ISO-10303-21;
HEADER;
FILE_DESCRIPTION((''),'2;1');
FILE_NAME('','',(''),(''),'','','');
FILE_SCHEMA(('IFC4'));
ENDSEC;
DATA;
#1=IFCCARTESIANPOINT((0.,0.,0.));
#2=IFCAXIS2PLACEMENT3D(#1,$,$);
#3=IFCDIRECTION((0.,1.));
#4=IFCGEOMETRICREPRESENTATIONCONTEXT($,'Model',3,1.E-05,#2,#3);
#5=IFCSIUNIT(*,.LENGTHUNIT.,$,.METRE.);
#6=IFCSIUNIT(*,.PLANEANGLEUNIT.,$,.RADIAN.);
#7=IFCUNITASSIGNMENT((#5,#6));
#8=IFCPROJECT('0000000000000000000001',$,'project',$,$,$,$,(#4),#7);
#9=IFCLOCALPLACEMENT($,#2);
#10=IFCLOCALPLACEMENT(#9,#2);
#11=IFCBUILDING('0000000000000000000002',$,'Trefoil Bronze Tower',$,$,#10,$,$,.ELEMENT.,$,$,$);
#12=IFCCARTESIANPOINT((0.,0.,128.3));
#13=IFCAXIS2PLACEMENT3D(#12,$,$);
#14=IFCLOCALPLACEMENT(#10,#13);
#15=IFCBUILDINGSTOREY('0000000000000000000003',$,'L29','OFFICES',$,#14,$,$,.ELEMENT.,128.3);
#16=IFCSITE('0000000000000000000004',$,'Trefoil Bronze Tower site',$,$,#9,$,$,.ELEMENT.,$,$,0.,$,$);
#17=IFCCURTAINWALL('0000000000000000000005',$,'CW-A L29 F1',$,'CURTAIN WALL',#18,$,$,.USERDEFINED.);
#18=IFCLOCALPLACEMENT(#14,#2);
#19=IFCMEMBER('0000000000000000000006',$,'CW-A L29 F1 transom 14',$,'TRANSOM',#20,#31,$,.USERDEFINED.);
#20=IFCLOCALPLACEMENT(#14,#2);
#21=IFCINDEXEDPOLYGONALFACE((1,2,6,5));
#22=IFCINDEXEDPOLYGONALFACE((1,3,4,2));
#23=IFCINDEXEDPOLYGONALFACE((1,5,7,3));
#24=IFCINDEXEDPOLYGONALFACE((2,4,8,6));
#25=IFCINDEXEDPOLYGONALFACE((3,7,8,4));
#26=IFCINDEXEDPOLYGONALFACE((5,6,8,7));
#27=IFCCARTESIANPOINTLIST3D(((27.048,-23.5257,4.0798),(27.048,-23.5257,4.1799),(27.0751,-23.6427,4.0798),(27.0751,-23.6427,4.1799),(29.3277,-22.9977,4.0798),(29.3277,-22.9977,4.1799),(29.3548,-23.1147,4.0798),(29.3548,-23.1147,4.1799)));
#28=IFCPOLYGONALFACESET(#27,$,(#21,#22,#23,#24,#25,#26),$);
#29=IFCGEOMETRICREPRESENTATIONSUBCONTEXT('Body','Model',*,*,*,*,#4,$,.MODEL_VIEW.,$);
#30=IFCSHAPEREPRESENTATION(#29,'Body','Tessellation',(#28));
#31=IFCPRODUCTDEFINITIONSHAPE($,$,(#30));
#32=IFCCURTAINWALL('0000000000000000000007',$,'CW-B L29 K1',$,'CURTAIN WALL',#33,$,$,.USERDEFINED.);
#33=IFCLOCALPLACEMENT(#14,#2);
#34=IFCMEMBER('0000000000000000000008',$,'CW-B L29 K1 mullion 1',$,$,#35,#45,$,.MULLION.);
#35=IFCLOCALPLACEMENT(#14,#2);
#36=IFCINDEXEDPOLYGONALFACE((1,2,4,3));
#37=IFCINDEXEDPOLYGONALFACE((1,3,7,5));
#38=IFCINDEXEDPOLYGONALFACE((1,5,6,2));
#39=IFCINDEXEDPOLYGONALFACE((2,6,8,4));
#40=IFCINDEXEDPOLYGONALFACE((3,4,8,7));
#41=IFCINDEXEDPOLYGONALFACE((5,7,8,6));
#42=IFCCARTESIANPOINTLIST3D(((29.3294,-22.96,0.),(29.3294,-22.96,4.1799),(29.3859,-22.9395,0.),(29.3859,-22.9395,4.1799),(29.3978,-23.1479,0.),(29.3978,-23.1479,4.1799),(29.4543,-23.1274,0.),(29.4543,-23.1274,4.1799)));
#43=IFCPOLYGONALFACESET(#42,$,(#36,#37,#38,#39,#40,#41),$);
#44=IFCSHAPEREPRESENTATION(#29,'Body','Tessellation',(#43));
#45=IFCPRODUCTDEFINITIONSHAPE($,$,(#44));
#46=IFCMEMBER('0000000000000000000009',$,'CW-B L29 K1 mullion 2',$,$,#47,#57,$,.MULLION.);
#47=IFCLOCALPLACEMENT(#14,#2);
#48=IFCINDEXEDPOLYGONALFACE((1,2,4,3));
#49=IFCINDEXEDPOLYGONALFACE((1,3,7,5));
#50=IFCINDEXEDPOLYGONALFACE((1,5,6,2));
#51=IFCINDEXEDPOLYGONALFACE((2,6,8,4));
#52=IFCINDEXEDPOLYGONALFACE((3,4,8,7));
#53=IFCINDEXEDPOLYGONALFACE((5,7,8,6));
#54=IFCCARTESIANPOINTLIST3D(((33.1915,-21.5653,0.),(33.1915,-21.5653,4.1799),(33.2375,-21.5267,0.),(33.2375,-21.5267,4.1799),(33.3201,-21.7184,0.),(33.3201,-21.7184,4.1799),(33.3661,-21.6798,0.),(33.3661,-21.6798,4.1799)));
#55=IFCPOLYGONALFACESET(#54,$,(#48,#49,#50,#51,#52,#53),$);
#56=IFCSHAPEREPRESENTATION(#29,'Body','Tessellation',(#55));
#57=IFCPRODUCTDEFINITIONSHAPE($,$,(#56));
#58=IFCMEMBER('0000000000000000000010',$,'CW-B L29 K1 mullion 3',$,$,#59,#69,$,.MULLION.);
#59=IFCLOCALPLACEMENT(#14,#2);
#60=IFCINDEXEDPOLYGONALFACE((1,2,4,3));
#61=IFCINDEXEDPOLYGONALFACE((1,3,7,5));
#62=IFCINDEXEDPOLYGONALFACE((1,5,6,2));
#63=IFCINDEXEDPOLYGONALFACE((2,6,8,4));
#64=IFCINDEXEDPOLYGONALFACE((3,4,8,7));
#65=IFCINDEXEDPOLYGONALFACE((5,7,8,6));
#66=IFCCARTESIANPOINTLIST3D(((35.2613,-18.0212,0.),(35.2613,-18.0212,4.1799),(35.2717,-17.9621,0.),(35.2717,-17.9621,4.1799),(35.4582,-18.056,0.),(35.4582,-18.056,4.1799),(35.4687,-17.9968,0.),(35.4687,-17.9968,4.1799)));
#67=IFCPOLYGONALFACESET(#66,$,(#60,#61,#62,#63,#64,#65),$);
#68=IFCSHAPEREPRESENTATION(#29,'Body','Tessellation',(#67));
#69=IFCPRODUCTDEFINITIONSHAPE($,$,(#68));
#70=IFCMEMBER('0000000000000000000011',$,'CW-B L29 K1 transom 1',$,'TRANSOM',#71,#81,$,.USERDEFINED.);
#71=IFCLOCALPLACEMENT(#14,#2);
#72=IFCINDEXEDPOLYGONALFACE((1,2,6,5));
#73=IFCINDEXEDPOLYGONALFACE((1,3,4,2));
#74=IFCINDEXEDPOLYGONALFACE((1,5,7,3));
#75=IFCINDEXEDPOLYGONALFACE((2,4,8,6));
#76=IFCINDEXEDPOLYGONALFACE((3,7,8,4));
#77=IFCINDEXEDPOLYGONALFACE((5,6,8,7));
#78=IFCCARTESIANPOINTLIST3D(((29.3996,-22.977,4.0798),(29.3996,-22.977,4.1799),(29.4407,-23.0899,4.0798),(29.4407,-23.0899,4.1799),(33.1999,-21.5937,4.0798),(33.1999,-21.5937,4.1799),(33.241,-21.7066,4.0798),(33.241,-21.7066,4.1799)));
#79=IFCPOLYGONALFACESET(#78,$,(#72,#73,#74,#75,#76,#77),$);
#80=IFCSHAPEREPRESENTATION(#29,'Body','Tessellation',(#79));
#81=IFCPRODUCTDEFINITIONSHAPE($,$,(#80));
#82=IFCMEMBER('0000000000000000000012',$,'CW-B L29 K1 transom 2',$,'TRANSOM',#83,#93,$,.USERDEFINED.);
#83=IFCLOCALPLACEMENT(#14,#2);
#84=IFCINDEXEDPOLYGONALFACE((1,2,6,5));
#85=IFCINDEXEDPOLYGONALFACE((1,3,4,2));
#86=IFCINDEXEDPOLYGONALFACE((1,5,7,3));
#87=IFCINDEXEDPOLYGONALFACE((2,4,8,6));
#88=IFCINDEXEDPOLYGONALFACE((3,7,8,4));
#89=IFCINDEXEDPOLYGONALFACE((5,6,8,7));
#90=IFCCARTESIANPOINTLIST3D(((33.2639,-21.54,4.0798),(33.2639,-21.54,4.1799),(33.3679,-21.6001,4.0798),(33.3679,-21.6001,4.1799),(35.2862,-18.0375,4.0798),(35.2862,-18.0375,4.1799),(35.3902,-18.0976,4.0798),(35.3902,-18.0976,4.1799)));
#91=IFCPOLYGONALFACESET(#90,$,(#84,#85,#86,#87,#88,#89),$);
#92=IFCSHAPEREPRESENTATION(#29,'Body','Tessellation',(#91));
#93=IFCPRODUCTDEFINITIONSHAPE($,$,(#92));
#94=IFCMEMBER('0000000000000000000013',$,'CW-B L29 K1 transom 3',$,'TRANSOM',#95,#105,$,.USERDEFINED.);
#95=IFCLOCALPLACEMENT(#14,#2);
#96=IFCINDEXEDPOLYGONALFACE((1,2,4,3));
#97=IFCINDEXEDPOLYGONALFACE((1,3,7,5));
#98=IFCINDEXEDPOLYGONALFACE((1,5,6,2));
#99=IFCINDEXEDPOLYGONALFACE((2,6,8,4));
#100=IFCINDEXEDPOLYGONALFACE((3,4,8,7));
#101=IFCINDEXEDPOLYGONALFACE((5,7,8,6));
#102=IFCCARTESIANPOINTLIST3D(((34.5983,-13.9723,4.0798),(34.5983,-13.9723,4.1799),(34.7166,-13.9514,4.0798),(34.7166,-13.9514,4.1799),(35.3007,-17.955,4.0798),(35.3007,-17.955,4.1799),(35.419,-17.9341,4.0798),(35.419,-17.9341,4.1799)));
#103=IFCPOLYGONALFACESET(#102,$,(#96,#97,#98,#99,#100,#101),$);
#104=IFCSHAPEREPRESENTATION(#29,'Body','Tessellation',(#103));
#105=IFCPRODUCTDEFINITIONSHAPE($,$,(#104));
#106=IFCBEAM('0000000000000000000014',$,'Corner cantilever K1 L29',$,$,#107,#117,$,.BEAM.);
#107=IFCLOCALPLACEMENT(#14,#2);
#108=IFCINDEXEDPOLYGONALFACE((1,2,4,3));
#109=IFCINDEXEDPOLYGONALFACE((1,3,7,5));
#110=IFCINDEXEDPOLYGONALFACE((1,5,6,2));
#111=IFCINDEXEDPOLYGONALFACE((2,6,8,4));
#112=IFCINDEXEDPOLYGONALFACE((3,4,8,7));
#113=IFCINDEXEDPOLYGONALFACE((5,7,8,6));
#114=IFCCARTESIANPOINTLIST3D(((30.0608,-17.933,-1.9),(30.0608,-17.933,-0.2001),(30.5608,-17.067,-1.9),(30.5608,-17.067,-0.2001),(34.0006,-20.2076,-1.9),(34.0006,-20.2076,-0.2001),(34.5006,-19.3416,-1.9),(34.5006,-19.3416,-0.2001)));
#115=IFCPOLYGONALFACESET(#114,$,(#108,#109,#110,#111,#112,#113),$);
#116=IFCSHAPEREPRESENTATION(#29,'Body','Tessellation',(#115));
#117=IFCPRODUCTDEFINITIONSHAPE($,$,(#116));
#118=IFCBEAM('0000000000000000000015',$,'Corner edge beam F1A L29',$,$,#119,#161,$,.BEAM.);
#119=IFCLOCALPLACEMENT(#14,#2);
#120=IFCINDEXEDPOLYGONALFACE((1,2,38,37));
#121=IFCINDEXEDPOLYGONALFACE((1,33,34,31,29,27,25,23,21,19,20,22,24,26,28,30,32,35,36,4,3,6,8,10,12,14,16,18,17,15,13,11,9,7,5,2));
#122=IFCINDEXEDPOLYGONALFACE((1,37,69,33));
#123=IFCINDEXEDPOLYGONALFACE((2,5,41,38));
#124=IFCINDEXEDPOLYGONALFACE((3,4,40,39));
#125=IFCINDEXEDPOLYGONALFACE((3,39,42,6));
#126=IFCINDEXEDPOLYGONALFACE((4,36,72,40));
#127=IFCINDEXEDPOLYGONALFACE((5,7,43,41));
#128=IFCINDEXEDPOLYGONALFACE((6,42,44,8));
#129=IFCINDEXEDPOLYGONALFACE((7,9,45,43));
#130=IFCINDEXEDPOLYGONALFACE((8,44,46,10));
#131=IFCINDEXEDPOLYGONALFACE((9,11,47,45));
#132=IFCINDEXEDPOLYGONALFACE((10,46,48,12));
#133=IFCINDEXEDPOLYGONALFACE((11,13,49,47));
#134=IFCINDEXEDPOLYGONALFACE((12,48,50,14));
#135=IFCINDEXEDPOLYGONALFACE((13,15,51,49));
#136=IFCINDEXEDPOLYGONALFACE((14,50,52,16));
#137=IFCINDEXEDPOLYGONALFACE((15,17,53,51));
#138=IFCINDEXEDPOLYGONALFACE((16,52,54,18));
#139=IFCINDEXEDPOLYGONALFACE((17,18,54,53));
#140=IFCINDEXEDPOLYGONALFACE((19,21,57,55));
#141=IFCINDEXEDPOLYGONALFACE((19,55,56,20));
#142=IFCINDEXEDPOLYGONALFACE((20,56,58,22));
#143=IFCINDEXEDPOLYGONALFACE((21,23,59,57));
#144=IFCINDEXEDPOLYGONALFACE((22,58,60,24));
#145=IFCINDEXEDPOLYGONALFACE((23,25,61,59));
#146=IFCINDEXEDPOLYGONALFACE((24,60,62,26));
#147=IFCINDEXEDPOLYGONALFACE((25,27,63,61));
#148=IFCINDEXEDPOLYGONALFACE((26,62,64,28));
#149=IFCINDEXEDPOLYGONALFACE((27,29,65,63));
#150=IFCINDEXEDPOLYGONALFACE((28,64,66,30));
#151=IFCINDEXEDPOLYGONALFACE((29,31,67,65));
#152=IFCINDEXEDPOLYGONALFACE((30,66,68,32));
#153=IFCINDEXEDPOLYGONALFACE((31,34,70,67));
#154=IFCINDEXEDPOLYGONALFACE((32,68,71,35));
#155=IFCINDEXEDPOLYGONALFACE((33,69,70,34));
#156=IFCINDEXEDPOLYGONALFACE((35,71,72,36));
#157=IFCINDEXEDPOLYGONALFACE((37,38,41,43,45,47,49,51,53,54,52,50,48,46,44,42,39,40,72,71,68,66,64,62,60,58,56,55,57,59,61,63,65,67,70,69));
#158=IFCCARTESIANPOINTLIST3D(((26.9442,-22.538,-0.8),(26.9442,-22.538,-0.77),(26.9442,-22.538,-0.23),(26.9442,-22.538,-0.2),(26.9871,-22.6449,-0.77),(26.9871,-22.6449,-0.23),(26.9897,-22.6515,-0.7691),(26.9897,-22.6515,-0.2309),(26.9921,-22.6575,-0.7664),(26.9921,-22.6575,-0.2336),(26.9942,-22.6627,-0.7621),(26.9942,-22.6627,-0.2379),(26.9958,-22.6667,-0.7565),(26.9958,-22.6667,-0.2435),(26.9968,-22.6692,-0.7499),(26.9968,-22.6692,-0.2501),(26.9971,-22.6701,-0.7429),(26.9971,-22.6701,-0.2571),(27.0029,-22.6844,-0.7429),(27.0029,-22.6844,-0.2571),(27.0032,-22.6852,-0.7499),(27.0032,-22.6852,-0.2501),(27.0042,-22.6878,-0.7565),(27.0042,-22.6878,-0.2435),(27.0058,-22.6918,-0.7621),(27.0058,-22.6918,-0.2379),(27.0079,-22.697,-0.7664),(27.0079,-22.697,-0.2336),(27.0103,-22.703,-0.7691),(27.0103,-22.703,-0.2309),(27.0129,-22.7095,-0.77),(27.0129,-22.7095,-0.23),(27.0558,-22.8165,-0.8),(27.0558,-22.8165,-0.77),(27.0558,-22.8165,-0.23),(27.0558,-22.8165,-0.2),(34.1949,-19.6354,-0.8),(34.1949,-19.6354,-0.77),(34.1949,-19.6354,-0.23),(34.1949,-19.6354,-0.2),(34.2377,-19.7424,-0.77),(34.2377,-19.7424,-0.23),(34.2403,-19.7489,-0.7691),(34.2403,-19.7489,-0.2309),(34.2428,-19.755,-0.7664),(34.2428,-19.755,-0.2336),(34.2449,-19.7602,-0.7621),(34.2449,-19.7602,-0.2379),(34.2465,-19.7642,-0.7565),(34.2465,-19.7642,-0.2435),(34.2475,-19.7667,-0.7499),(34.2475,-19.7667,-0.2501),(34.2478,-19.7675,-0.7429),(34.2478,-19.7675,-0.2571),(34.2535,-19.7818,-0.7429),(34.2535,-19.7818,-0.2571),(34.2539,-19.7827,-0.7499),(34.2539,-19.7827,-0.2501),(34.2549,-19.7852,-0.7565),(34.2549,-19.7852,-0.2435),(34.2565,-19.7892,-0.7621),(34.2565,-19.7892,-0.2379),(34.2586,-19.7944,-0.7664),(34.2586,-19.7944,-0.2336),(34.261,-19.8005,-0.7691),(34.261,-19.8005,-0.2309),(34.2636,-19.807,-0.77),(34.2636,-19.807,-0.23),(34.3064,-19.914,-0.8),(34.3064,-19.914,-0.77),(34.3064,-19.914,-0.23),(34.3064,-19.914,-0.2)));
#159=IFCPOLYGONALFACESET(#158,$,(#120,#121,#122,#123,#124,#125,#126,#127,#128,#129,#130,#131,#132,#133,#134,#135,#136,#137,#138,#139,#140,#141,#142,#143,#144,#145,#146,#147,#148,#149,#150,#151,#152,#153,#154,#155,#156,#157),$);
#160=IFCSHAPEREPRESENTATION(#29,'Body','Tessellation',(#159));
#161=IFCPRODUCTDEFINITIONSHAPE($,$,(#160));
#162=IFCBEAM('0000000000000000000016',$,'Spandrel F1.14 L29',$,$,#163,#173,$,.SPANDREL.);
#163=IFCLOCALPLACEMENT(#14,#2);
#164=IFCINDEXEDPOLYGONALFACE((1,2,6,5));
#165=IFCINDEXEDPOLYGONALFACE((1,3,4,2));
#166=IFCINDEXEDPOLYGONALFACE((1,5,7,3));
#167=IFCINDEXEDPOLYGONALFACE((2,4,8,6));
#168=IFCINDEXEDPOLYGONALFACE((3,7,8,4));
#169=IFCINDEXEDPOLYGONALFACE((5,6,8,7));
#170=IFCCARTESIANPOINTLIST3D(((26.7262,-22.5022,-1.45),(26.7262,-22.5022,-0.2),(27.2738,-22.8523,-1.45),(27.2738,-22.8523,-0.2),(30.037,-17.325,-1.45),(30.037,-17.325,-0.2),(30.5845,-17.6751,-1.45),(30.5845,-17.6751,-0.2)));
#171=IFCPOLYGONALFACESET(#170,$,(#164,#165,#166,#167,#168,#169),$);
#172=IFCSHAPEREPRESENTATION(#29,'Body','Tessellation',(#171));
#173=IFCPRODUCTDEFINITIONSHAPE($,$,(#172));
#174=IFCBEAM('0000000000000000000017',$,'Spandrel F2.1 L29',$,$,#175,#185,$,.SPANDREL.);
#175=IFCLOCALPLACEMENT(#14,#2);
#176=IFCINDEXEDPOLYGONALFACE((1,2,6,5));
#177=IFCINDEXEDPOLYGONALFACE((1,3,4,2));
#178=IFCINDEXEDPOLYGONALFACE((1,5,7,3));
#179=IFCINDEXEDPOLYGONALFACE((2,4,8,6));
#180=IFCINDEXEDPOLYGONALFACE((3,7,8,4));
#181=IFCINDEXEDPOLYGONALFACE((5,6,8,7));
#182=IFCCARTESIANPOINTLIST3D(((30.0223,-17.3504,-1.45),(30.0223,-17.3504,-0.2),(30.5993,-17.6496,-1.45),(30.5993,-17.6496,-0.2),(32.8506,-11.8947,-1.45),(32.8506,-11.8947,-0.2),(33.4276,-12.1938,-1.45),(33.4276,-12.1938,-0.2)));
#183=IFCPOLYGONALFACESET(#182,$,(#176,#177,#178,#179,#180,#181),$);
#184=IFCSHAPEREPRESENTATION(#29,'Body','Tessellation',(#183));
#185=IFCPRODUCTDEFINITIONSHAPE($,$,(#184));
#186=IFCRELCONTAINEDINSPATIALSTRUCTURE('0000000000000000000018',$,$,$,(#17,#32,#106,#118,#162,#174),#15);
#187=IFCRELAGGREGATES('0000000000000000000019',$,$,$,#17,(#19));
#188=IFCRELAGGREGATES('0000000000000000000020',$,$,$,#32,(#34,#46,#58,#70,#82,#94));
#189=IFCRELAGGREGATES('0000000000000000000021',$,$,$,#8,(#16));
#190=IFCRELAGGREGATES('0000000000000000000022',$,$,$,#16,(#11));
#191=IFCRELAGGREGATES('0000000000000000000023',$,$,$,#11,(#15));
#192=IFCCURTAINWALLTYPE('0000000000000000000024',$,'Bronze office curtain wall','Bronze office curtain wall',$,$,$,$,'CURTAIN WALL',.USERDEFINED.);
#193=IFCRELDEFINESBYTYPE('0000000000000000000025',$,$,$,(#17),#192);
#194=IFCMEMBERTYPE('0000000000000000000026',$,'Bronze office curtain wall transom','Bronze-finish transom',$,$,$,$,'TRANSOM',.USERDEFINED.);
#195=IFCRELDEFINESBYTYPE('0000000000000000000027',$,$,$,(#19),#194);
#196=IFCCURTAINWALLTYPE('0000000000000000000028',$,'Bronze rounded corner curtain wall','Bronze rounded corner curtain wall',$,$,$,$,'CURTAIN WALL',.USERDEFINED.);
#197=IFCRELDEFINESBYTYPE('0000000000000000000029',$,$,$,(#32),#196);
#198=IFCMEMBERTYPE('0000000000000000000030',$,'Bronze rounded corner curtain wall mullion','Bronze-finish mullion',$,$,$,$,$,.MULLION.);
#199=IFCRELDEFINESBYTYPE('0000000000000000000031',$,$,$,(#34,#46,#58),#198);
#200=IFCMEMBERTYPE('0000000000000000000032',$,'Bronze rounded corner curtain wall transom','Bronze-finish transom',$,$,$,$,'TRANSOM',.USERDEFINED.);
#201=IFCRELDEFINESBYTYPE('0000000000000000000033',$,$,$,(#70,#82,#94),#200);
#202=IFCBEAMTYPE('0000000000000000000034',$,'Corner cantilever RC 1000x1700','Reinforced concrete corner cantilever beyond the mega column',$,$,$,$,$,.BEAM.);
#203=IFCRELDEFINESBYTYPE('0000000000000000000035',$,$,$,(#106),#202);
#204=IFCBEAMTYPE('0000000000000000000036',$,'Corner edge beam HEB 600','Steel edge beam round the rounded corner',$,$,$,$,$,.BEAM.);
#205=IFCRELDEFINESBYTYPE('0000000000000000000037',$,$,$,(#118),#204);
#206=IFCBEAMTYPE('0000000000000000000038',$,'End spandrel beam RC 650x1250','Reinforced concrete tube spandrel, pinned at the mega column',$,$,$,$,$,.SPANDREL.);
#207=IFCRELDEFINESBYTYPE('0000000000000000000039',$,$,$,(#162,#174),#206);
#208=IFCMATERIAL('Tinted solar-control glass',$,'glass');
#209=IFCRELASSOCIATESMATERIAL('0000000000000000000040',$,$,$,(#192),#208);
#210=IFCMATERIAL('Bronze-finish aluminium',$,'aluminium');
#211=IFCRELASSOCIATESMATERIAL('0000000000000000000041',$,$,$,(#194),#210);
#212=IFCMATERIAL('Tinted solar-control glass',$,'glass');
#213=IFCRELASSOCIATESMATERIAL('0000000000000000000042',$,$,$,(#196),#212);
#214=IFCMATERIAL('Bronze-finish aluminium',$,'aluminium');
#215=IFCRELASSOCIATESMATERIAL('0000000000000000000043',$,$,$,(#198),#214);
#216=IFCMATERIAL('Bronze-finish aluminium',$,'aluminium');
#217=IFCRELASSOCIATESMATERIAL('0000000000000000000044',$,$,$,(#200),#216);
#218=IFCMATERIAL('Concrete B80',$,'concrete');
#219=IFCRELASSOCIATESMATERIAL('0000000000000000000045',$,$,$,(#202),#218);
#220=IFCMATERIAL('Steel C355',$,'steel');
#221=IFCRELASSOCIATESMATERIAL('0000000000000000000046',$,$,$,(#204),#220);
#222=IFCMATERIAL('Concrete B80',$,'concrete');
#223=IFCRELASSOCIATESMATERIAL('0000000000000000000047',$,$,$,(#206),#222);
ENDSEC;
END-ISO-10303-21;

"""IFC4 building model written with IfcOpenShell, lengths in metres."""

from ifc_helpers import new_model, si_unit, direction, frame, origin, origin_2d, place, context, subcontext, project, spatial, rectangle, i_section, extrude, material, material_profile, profile_set, type_object, element, aggregate, save


model = new_model("IFC4")

# Units and contexts
model_context = context("Model", 3, precision=1e-05, world=origin(), true_north=direction((0.0, 1.0)))
body_context = subcontext(model_context, "Body", "Model", "MODEL_VIEW")
ifc_project = project(units=[si_unit("LENGTHUNIT", "METRE"), si_unit("PLANEANGLEUNIT", "RADIAN")], contexts=[model_context])

# Site, building, storey
site_placement = place(None, origin())
site = spatial("IfcSite", under=ifc_project, at=site_placement, Name="Trefoil Bronze Tower site", CompositionType="ELEMENT", RefElevation=0.0)
building_placement = place(site_placement, origin())
building = spatial("IfcBuilding", under=site, at=building_placement, Name="Trefoil Bronze Tower", CompositionType="ELEMENT")
storey_placement = place(building_placement, frame((0.0, 0.0, 128.3)))
storey = spatial("IfcBuildingStorey", under=building, at=storey_placement, Name="L29", Description="OFFICES", CompositionType="ELEMENT", Elevation=128.3)

# Curtain walls, members
ifc_material_1 = material(Name="Tinted solar-control glass", Category="glass")
curtain_wall_type_1 = type_object("IfcCurtainWallType", Name="Bronze office curtain wall", Description="Bronze office curtain wall", ElementType="CURTAIN WALL", PredefinedType="USERDEFINED", material=ifc_material_1)
curtain_wall_1_placement = place(storey_placement, origin())
curtain_wall_1 = element("IfcCurtainWall", 1, at=curtain_wall_1_placement, inside=storey, type_object=curtain_wall_type_1, Name="CW-A L29 F1", ObjectType="CURTAIN WALL", PredefinedType="USERDEFINED")
ifc_material_2 = material(Name="Bronze-finish aluminium", Category="aluminium")
ifc_material_profile_1 = material_profile(ifc_material_2, rectangle(XDim=0.1201, YDim=0.1001, at=origin_2d()), Name="CW-A transom")
ifc_profile_set_1 = profile_set([ifc_material_profile_1], Name="Bronze-finish aluminium")
member_type_1 = type_object("IfcMemberType", Name="Bronze office curtain wall transom", Description="Bronze-finish transom", ElementType="TRANSOM", PredefinedType="USERDEFINED", material=ifc_profile_set_1)
member_1_placement = place(storey_placement, frame((27.0615, -23.5842, 4.1299), z_axis=(0.974206, 0.225659, 0.0), x_axis=(-0.225659, 0.974206, 0.0)))
member_1 = element("IfcMember", 2, at=member_1_placement, type_object=member_type_1, Name="CW-A L29 F1 transom 14", ObjectType="TRANSOM", PredefinedType="USERDEFINED", context=body_context, shape_type="SweptSolid", body=[
    extrude(rectangle(XDim=0.1201, YDim=0.1001, at=origin_2d()), origin(), (0.0, 0.0, 1.0), 2.3401),
])
ifc_material_3 = material(Name="Tinted solar-control glass", Category="glass")
curtain_wall_type_2 = type_object("IfcCurtainWallType", Name="Bronze rounded corner curtain wall", Description="Bronze rounded corner curtain wall", ElementType="CURTAIN WALL", PredefinedType="USERDEFINED", material=ifc_material_3)
curtain_wall_2_placement = place(storey_placement, origin())
curtain_wall_2 = element("IfcCurtainWall", 3, at=curtain_wall_2_placement, inside=storey, type_object=curtain_wall_type_2, Name="CW-B L29 K1", ObjectType="CURTAIN WALL", PredefinedType="USERDEFINED")
ifc_material_4 = material(Name="Bronze-finish aluminium", Category="aluminium")
ifc_material_profile_2 = material_profile(ifc_material_4, rectangle(XDim=0.2, YDim=0.0601, at=origin_2d()), Name="CW-B mullion")
ifc_profile_set_2 = profile_set([ifc_material_profile_2], Name="Bronze-finish aluminium")
member_type_2 = type_object("IfcMemberType", Name="Bronze rounded corner curtain wall mullion", Description="Bronze-finish mullion", PredefinedType="MULLION", material=ifc_profile_set_2)
member_2_placement = place(storey_placement, frame((29.3918, -23.0437, 0.0), z_axis=(0.0, 0.0, 1.0), x_axis=(-0.34202, 0.939693, 0.0)))
member_2 = element("IfcMember", 4, at=member_2_placement, type_object=member_type_2, Name="CW-B L29 K1 mullion 1", PredefinedType="MULLION", context=body_context, shape_type="SweptSolid", body=[
    extrude(rectangle(XDim=0.2, YDim=0.0601, at=origin_2d()), origin(), (0.0, 0.0, 1.0), 4.1799),
])
member_3_placement = place(storey_placement, frame((33.2788, -21.6226, 0.0), z_axis=(0.0, 0.0, 1.0), x_axis=(-0.642788, 0.766044, 0.0)))
member_3 = element("IfcMember", 5, at=member_3_placement, type_object=member_type_2, Name="CW-B L29 K1 mullion 2", PredefinedType="MULLION", context=body_context, shape_type="SweptSolid", body=[
    extrude(rectangle(XDim=0.2, YDim=0.0601, at=origin_2d()), origin(), (0.0, 0.0, 1.0), 4.1799),
])
member_4_placement = place(storey_placement, frame((35.365, -18.009, 0.0), z_axis=(0.0, 0.0, 1.0), x_axis=(-0.984808, 0.173648, 0.0)))
member_4 = element("IfcMember", 6, at=member_4_placement, type_object=member_type_2, Name="CW-B L29 K1 mullion 3", PredefinedType="MULLION", context=body_context, shape_type="SweptSolid", body=[
    extrude(rectangle(XDim=0.2, YDim=0.0601, at=origin_2d()), origin(), (0.0, 0.0, 1.0), 4.1799),
])
ifc_material_5 = material(Name="Bronze-finish aluminium", Category="aluminium")
ifc_material_profile_3 = material_profile(ifc_material_5, rectangle(XDim=0.1201, YDim=0.1001, at=origin_2d()), Name="CW-B transom")
ifc_profile_set_3 = profile_set([ifc_material_profile_3], Name="Bronze-finish aluminium")
member_type_3 = type_object("IfcMemberType", Name="Bronze rounded corner curtain wall transom", Description="Bronze-finish transom", ElementType="TRANSOM", PredefinedType="USERDEFINED", material=ifc_profile_set_3)
member_5_placement = place(storey_placement, frame((29.4202, -23.0334, 4.1299), z_axis=(0.939684, 0.342044, 0.0), x_axis=(-0.342044, 0.939684, 0.0)))
member_5 = element("IfcMember", 7, at=member_5_placement, type_object=member_type_3, Name="CW-B L29 K1 transom 1", ObjectType="TRANSOM", PredefinedType="USERDEFINED", context=body_context, shape_type="SweptSolid", body=[
    extrude(rectangle(XDim=0.1201, YDim=0.1001, at=origin_2d()), origin(), (0.0, 0.0, 1.0), 4.0442),
])
member_6_placement = place(storey_placement, frame((33.3159, -21.5701, 4.1299), z_axis=(0.500015, 0.866017, 0.0), x_axis=(-0.866017, 0.500015, 0.0)))
member_6 = element("IfcMember", 8, at=member_6_placement, type_object=member_type_3, Name="CW-B L29 K1 transom 2", ObjectType="TRANSOM", PredefinedType="USERDEFINED", context=body_context, shape_type="SweptSolid", body=[
    extrude(rectangle(XDim=0.1201, YDim=0.1001, at=origin_2d()), origin(), (0.0, 0.0, 1.0), 4.0444),
])
member_7_placement = place(storey_placement, frame((35.3599, -17.9446, 4.1299), z_axis=(-0.173682, 0.984802, 0.0), x_axis=(-0.984802, -0.173682, 0.0)))
member_7 = element("IfcMember", 9, at=member_7_placement, type_object=member_type_3, Name="CW-B L29 K1 transom 3", ObjectType="TRANSOM", PredefinedType="USERDEFINED", context=body_context, shape_type="SweptSolid", body=[
    extrude(rectangle(XDim=0.1201, YDim=0.1001, at=origin_2d()), origin(), (0.0, 0.0, 1.0), 4.0442),
])

# Beams
ifc_material_6 = material(Name="Concrete B80", Category="concrete")
ifc_material_profile_4 = material_profile(ifc_material_6, rectangle(XDim=1.0, YDim=1.7, at=origin_2d()), Name="RC 1000x1700")
ifc_profile_set_4 = profile_set([ifc_material_profile_4], Name="Concrete B80")
beam_type_1 = type_object("IfcBeamType", Name="Corner cantilever RC 1000x1700", Description="Reinforced concrete corner cantilever beyond the mega column", PredefinedType="BEAM", material=ifc_profile_set_4)
beam_1_placement = place(storey_placement, frame((30.3108, -17.5, -1.05), z_axis=(0.866032, -0.499989, 0.0), x_axis=(0.499989, 0.866032, 0.0)))
element("IfcBeam", 10, at=beam_1_placement, inside=storey, type_object=beam_type_1, Name="Corner cantilever K1 L29", PredefinedType="BEAM", context=body_context, shape_type="SweptSolid", body=[
    extrude(rectangle(XDim=1.0, YDim=1.7, at=origin_2d()), origin(), (0.0, 0.0, 1.0), 4.5493),
])
ifc_material_7 = material(Name="Steel C355", Category="steel")
ifc_material_profile_5 = material_profile(ifc_material_7, i_section(OverallWidth=0.3, OverallDepth=0.6001, WebThickness=0.0154, FlangeThickness=0.03, FilletRadius=0.0271, at=origin_2d()), Name="HEB 600")
ifc_profile_set_5 = profile_set([ifc_material_profile_5], Name="Steel C355")
beam_type_2 = type_object("IfcBeamType", Name="Corner edge beam HEB 600", Description="Steel edge beam round the rounded corner", PredefinedType="BEAM", material=ifc_profile_set_5)
beam_2_placement = place(storey_placement, frame((27.0, -22.6772, -0.5), z_axis=(0.928375, 0.371644, 0.0), x_axis=(-0.371644, 0.928375, 0.0)))
element("IfcBeam", 11, at=beam_2_placement, inside=storey, type_object=beam_type_2, Name="Corner edge beam F1A L29", PredefinedType="BEAM", context=body_context, shape_type="SweptSolid", body=[
    extrude(i_section(OverallWidth=0.3, OverallDepth=0.6001, WebThickness=0.0154, FlangeThickness=0.03, FilletRadius=0.0271, at=origin_2d()), origin(), (0.0, 0.0, 1.0), 7.8101),
])
ifc_material_8 = material(Name="Concrete B80", Category="concrete")
ifc_material_profile_6 = material_profile(ifc_material_8, rectangle(XDim=0.6499, YDim=1.25, at=origin_2d()), Name="RC 650x1250")
ifc_profile_set_6 = profile_set([ifc_material_profile_6], Name="Concrete B80")
beam_type_3 = type_object("IfcBeamType", Name="End spandrel beam RC 650x1250", Description="Reinforced concrete tube spandrel, pinned at the mega column", PredefinedType="SPANDREL", material=ifc_profile_set_6)
for number, where, z_axis, x_axis, name in (
    (12, (27.0, -22.6772, -0.825), (0.538748, 0.842467, 0.0), (-0.842467, 0.538748, 0.0), "Spandrel F1.14 L29"),
    (13, (30.3108, -17.5, -0.825), (0.460244, 0.887792, 0.0), (-0.887792, 0.460244, 0.0), "Spandrel F2.1 L29"),
):
    element("IfcBeam", number, at=place(storey_placement, frame(where, z_axis=z_axis, x_axis=x_axis)), inside=storey, type_object=beam_type_3, Name=name, PredefinedType="SPANDREL", context=body_context, shape_type="SweptSolid", body=[
        extrude(rectangle(XDim=0.6499, YDim=1.25, at=origin_2d()), origin(), (0.0, 0.0, 1.0), 6.1453),
    ])

aggregate(curtain_wall_1, [member_1])
aggregate(curtain_wall_2, [member_2, member_3, member_4, member_5, member_6, member_7])

save(model, "model.ifc")
